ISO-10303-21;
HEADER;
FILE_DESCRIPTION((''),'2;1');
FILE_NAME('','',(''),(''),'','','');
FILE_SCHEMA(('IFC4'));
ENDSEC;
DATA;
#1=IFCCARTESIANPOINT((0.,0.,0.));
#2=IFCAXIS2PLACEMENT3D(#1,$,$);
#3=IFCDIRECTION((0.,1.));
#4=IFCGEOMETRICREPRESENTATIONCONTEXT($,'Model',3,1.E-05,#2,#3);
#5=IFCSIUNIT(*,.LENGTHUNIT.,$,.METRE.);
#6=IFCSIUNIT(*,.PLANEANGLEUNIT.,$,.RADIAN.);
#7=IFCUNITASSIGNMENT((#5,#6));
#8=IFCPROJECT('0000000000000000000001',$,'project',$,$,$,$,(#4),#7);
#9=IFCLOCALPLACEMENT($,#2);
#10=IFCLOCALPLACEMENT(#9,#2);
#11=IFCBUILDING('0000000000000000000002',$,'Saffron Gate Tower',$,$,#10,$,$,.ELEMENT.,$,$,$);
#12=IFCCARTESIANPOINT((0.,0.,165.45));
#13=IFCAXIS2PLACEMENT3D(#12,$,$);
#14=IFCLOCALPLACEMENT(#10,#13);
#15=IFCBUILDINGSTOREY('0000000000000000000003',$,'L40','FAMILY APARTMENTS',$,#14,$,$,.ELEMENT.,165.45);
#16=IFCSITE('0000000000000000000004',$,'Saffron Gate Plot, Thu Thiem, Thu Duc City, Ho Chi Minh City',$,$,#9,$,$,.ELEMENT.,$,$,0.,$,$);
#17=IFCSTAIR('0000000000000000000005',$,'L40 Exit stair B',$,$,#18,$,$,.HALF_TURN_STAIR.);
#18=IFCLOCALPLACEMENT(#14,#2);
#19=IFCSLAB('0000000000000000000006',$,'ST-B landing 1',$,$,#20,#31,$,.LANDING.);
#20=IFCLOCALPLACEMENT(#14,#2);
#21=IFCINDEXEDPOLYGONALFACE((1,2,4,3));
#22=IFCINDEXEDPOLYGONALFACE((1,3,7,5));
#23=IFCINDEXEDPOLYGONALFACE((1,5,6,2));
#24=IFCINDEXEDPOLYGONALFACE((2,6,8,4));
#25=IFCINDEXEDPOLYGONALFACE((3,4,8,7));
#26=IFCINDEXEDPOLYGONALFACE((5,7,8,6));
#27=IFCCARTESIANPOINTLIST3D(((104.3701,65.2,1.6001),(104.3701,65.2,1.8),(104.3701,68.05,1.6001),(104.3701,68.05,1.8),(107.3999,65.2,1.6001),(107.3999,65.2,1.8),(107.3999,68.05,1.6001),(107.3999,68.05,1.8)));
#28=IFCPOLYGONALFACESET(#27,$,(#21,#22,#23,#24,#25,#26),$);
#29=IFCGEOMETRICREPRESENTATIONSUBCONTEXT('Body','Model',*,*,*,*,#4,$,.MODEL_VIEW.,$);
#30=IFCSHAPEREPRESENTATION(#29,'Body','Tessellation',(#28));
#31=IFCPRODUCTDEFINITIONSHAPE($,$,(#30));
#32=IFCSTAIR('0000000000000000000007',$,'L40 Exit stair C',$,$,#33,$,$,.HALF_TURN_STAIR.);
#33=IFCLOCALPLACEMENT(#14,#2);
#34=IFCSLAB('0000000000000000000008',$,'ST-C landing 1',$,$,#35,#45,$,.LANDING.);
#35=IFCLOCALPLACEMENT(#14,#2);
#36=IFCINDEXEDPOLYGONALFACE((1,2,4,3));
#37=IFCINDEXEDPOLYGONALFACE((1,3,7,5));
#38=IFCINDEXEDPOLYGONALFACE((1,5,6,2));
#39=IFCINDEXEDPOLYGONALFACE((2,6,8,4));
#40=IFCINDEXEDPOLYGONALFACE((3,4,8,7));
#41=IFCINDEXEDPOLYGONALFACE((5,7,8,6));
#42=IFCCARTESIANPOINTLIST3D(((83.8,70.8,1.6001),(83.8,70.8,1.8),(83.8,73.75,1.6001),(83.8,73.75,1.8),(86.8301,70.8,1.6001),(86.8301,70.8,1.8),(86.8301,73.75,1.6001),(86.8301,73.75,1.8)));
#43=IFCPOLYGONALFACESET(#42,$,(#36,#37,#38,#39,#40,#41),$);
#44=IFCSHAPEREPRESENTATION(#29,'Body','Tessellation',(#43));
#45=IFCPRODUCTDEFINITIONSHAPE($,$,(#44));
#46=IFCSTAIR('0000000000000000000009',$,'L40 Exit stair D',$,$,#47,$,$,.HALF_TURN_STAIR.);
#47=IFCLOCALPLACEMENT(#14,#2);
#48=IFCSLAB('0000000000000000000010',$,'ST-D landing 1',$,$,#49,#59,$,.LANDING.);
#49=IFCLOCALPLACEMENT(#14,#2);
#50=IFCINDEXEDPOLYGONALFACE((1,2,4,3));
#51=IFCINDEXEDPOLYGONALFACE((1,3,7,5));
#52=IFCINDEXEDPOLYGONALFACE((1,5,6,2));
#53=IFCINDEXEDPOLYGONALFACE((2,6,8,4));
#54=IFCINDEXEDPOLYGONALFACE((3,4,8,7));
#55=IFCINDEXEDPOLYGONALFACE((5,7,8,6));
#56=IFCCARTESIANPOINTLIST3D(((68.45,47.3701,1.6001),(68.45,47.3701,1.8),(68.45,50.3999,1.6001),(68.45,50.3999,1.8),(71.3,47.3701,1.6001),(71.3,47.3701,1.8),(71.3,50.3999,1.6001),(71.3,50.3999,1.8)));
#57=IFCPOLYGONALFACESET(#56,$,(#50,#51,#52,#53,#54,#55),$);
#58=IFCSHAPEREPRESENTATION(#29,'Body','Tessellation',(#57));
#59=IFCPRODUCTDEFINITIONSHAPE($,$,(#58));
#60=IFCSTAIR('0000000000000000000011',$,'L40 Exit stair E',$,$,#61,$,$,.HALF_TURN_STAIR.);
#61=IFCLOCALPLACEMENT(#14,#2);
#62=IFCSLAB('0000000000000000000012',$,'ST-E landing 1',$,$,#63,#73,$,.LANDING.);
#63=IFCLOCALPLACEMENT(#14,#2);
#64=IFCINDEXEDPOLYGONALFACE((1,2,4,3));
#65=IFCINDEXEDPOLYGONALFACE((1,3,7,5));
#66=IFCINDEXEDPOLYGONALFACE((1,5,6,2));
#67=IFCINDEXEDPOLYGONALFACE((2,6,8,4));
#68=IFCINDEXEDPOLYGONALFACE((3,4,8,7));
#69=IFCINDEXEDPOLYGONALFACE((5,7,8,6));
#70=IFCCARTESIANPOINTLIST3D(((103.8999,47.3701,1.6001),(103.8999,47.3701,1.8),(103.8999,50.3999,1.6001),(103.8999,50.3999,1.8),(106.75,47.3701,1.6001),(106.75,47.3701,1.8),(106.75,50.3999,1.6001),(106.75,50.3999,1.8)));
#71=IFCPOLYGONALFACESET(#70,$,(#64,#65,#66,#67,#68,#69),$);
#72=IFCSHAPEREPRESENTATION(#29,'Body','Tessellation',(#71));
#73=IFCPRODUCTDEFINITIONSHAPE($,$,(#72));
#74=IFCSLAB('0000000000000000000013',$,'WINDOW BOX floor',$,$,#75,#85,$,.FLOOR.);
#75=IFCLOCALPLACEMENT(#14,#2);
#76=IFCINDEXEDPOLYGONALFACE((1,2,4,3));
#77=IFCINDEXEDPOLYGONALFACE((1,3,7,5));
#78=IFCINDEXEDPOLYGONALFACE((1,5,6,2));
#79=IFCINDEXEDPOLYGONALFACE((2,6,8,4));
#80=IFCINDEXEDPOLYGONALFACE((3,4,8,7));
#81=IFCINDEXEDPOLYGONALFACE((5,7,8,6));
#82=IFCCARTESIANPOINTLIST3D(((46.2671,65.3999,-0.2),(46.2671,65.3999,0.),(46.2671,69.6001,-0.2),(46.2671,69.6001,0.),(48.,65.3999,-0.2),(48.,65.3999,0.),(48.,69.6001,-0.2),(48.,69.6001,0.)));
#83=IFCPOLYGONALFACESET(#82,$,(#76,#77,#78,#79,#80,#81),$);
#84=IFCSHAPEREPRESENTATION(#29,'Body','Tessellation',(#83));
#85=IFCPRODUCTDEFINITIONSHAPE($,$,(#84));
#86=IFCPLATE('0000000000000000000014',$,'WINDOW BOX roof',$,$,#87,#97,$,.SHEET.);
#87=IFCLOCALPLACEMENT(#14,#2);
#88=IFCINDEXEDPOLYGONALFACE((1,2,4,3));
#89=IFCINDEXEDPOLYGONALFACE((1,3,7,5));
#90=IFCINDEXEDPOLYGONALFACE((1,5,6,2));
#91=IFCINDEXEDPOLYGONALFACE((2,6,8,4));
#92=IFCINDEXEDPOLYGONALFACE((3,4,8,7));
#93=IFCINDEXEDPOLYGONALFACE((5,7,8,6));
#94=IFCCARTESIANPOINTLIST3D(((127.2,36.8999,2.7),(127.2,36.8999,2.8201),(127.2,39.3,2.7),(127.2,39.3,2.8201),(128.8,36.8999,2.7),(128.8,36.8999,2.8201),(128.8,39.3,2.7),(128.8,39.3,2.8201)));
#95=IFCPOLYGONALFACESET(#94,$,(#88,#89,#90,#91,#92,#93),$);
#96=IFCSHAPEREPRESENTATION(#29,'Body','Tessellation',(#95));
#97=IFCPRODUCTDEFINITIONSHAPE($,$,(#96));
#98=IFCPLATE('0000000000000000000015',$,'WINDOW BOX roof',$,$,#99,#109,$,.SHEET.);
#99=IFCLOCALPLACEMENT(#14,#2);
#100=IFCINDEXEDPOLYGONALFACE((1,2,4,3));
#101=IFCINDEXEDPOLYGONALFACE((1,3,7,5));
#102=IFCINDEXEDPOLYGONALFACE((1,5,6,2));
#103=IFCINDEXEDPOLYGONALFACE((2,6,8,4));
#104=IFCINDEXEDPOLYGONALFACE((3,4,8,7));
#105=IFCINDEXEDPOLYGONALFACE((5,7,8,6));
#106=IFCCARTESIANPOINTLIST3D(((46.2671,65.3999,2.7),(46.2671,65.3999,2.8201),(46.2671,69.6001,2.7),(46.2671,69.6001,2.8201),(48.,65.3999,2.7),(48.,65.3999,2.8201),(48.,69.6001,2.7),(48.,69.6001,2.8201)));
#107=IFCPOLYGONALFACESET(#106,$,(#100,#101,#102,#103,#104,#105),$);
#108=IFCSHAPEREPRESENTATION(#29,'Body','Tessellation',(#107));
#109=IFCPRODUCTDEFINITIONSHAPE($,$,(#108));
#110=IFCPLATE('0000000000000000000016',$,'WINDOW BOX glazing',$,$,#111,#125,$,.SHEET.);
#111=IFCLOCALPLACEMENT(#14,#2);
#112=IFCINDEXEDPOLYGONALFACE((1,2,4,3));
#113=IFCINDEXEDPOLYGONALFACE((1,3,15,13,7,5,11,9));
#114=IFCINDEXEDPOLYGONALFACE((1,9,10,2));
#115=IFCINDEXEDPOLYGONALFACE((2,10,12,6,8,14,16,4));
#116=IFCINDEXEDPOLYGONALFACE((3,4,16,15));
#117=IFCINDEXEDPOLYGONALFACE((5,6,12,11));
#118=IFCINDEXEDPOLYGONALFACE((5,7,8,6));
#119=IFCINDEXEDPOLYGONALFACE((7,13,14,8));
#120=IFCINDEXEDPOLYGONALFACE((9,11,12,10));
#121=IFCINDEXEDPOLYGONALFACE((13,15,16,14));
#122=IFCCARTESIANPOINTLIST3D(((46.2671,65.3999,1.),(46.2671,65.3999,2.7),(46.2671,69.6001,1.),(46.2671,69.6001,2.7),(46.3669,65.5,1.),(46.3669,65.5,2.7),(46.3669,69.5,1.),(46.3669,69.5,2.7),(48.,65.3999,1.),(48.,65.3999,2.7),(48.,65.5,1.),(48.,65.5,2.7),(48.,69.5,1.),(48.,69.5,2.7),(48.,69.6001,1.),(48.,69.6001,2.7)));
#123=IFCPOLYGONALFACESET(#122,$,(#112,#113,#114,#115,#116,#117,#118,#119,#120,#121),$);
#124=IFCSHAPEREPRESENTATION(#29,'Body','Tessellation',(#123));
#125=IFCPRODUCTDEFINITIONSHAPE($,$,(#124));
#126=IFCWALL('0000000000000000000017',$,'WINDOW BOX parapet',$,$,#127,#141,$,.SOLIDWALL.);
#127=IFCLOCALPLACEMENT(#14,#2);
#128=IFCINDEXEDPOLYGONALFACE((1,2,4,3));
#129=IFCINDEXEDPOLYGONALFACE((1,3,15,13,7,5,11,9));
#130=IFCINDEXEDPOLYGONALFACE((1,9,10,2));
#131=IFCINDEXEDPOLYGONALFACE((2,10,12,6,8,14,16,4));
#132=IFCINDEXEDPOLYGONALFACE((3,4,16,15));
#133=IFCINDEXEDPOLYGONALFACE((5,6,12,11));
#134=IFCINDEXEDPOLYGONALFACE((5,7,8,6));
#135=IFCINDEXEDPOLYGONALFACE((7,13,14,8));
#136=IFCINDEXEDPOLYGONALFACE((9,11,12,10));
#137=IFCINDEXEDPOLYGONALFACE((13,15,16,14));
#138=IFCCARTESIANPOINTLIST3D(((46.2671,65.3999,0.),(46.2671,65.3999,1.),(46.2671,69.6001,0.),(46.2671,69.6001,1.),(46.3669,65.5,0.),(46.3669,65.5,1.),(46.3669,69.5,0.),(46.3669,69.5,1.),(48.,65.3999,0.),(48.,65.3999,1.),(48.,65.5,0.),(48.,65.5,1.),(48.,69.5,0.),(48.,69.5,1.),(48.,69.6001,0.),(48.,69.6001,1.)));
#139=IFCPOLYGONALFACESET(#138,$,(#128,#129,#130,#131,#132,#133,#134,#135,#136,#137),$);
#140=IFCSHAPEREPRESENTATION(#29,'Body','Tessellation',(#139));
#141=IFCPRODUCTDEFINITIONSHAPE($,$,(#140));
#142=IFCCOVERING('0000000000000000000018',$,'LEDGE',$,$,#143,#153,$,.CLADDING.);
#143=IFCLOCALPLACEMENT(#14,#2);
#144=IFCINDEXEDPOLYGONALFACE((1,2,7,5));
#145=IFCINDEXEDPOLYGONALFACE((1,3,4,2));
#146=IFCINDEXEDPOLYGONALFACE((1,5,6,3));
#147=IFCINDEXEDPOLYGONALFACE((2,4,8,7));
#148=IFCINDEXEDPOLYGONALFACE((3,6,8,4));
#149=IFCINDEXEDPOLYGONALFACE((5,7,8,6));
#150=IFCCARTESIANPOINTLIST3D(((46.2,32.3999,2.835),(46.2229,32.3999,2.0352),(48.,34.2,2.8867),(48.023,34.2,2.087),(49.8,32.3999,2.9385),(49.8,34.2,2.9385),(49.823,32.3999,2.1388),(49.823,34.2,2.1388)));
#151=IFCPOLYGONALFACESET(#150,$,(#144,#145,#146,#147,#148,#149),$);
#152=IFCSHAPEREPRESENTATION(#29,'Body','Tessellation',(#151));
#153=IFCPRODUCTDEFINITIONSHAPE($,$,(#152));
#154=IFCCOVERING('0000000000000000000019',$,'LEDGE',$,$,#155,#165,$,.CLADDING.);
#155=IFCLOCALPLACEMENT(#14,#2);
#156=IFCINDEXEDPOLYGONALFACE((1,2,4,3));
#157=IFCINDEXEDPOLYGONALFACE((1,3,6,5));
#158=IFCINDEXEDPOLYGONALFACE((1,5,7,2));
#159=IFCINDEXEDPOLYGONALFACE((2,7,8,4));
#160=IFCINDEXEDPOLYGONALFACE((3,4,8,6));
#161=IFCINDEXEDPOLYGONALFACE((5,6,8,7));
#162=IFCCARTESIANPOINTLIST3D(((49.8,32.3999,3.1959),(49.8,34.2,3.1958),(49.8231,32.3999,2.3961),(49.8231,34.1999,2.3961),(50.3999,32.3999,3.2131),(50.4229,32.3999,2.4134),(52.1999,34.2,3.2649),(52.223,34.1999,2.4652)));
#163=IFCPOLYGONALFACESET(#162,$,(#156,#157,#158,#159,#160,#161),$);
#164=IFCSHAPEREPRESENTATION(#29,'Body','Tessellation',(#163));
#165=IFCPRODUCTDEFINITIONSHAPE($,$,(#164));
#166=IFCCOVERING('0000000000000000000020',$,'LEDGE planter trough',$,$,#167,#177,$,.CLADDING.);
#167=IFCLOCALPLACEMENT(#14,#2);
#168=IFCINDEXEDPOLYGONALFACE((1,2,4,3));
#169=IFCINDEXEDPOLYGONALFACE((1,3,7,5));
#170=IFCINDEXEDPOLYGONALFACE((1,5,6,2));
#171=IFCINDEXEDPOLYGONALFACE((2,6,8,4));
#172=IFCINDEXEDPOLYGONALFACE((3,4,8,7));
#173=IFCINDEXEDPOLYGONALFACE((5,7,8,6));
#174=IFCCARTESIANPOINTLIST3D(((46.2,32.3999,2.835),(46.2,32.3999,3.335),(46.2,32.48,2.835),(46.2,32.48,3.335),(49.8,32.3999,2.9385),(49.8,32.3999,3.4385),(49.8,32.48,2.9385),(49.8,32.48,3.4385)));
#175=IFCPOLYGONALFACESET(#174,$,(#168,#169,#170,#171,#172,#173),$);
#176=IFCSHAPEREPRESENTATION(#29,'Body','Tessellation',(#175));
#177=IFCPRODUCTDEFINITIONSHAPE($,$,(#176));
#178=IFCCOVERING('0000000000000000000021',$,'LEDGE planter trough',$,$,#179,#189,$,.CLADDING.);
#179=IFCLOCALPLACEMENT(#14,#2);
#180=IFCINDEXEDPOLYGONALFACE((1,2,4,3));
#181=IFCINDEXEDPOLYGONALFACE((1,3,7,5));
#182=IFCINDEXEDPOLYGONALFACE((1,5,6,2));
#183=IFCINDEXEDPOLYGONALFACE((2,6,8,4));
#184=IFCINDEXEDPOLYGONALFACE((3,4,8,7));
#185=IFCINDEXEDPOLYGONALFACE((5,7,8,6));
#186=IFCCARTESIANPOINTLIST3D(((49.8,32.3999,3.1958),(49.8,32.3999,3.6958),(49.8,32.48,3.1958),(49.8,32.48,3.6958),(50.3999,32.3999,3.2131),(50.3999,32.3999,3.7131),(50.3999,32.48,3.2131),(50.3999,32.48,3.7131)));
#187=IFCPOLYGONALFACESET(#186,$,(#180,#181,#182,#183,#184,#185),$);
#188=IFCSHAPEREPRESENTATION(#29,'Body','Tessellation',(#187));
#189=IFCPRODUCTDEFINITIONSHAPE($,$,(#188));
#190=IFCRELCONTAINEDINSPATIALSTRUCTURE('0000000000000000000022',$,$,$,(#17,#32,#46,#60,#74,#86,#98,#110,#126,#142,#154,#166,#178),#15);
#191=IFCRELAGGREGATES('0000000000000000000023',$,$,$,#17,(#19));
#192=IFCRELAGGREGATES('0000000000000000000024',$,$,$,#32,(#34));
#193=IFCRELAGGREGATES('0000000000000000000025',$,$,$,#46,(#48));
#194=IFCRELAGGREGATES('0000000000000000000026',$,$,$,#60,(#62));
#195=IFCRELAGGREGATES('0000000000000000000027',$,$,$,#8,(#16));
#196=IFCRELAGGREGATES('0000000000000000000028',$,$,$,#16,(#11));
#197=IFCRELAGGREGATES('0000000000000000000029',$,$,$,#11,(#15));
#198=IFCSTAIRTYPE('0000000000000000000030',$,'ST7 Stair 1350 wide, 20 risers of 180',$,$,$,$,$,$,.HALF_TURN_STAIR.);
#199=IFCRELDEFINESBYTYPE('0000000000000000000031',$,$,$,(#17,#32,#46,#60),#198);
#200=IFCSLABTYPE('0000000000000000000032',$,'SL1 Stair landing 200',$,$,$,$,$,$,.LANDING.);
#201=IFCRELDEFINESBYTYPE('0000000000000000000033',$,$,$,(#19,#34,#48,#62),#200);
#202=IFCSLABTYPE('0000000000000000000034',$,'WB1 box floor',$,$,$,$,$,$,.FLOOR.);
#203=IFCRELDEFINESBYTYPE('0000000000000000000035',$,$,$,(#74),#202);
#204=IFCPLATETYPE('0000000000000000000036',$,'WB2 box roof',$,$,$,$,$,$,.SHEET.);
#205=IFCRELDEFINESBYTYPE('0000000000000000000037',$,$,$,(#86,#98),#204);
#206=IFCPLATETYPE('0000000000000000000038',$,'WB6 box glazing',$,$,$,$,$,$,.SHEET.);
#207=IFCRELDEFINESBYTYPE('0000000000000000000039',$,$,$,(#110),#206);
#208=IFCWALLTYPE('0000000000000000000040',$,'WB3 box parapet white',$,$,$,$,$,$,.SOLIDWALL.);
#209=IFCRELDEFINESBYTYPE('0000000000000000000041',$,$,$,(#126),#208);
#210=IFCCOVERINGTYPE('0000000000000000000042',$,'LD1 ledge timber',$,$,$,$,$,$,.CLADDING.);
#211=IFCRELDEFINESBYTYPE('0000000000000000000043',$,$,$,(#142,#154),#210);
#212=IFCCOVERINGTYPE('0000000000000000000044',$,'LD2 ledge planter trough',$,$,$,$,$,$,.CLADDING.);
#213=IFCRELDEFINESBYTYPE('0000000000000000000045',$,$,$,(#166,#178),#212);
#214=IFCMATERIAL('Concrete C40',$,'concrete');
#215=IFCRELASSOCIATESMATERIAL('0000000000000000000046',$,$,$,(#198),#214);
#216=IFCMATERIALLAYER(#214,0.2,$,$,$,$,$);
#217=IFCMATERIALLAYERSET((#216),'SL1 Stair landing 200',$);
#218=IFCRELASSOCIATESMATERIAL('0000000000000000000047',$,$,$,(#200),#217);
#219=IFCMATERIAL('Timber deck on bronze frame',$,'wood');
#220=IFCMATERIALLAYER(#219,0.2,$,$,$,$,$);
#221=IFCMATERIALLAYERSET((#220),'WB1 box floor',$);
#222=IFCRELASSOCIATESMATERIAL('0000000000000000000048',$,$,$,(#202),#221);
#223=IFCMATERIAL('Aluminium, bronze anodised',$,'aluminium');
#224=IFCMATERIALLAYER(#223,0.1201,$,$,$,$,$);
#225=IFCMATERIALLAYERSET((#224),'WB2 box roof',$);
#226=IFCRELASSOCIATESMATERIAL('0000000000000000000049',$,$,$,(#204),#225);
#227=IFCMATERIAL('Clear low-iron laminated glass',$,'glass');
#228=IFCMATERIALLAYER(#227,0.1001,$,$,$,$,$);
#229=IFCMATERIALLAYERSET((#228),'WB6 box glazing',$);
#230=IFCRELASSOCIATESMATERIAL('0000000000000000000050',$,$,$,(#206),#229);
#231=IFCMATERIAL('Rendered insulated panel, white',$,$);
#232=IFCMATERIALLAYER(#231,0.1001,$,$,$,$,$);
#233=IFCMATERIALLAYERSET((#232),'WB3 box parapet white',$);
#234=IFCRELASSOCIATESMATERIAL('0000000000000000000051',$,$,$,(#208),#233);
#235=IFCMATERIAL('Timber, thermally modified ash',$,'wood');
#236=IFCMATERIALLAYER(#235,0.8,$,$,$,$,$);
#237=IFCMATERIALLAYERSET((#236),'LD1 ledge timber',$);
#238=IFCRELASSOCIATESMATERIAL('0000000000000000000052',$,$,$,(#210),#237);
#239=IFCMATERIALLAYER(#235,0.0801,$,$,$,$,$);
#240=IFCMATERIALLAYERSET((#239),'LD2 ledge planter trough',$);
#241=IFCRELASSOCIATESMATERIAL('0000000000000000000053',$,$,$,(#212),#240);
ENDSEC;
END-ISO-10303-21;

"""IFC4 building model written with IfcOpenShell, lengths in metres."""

from ifc_helpers import new_model, si_unit, direction, frame, origin, place, context, subcontext, project, spatial, polyline, outline, extrude, material, layer, layer_set, type_object, element, aggregate, save


model = new_model("IFC4")

# Units and contexts
model_context = context("Model", 3, precision=1e-05, world=origin(), true_north=direction((0.0, 1.0)))
body_context = subcontext(model_context, "Body", "Model", "MODEL_VIEW")
ifc_project = project(units=[si_unit("LENGTHUNIT", "METRE"), si_unit("PLANEANGLEUNIT", "RADIAN")], contexts=[model_context])

# Site, building, storey
site_placement = place(None, origin())
site = spatial("IfcSite", under=ifc_project, at=site_placement, Name="Saffron Gate Plot, Thu Thiem, Thu Duc City, Ho Chi Minh City", CompositionType="ELEMENT", RefElevation=0.0)
building_placement = place(site_placement, origin())
building = spatial("IfcBuilding", under=site, at=building_placement, Name="Saffron Gate Tower", CompositionType="ELEMENT")
storey_placement = place(building_placement, frame((0.0, 0.0, 165.45)))
storey = spatial("IfcBuildingStorey", under=building, at=storey_placement, Name="L40", Description="FAMILY APARTMENTS", CompositionType="ELEMENT", Elevation=165.45)

# Shared definitions
ifc_material_1 = material(Name="Aluminium, bronze anodised", Category="aluminium")

# Stairs, slabs
ifc_material_2 = material(Name="Concrete C40", Category="concrete")
stair_type = type_object("IfcStairType", Name="ST7 Stair 1350 wide, 20 risers of 180", PredefinedType="HALF_TURN_STAIR", material=ifc_material_2)
ifc_layer_1 = layer(ifc_material_2, 0.2)
ifc_layer_set_1 = layer_set([ifc_layer_1], Name="SL1 Stair landing 200")
slab_type_1 = type_object("IfcSlabType", Name="SL1 Stair landing 200", PredefinedType="LANDING", material=ifc_layer_set_1)
stair_1_placement = place(storey_placement, origin())
stair_1 = element("IfcStair", 1, at=stair_1_placement, inside=storey, type_object=stair_type, Name="L40 Exit stair B", PredefinedType="HALF_TURN_STAIR")
slab_1_placement = place(storey_placement, frame((0.0, 0.0, 1.6001)))
slab_1 = element("IfcSlab", 2, at=slab_1_placement, type_object=slab_type_1, Name="ST-B landing 1", PredefinedType="LANDING", context=body_context, shape_type="SweptSolid", body=[
    extrude(outline(polyline([(104.3701, 65.2), (107.3999, 65.2), (107.3999, 68.05), (104.3701, 68.05), (104.3701, 65.2)])), origin(), (0.0, 0.0, 1.0), 0.2),
])
aggregate(stair_1, [slab_1])
stair_2_placement = place(storey_placement, origin())
stair_2 = element("IfcStair", 3, at=stair_2_placement, inside=storey, type_object=stair_type, Name="L40 Exit stair C", PredefinedType="HALF_TURN_STAIR")
slab_2_placement = place(storey_placement, frame((0.0, 0.0, 1.6001)))
slab_2 = element("IfcSlab", 4, at=slab_2_placement, type_object=slab_type_1, Name="ST-C landing 1", PredefinedType="LANDING", context=body_context, shape_type="SweptSolid", body=[
    extrude(outline(polyline([(86.8301, 73.75), (83.8, 73.75), (83.8, 70.8), (86.8301, 70.8), (86.8301, 73.75)])), origin(), (0.0, 0.0, 1.0), 0.2),
])
aggregate(stair_2, [slab_2])
stair_3_placement = place(storey_placement, origin())
stair_3 = element("IfcStair", 5, at=stair_3_placement, inside=storey, type_object=stair_type, Name="L40 Exit stair D", PredefinedType="HALF_TURN_STAIR")
slab_3_placement = place(storey_placement, frame((0.0, 0.0, 1.6001)))
slab_3 = element("IfcSlab", 6, at=slab_3_placement, type_object=slab_type_1, Name="ST-D landing 1", PredefinedType="LANDING", context=body_context, shape_type="SweptSolid", body=[
    extrude(outline(polyline([(71.3, 47.3701), (71.3, 50.3999), (68.45, 50.3999), (68.45, 47.3701), (71.3, 47.3701)])), origin(), (0.0, 0.0, 1.0), 0.2),
])
aggregate(stair_3, [slab_3])
stair_4_placement = place(storey_placement, origin())
stair_4 = element("IfcStair", 7, at=stair_4_placement, inside=storey, type_object=stair_type, Name="L40 Exit stair E", PredefinedType="HALF_TURN_STAIR")
slab_4_placement = place(storey_placement, frame((0.0, 0.0, 1.6001)))
slab_4 = element("IfcSlab", 8, at=slab_4_placement, type_object=slab_type_1, Name="ST-E landing 1", PredefinedType="LANDING", context=body_context, shape_type="SweptSolid", body=[
    extrude(outline(polyline([(106.75, 47.3701), (106.75, 50.3999), (103.8999, 50.3999), (103.8999, 47.3701), (106.75, 47.3701)])), origin(), (0.0, 0.0, 1.0), 0.2),
])
aggregate(stair_4, [slab_4])

# Slab
ifc_material_3 = material(Name="Timber deck on bronze frame", Category="wood")
ifc_layer_2 = layer(ifc_material_3, 0.2)
ifc_layer_set_2 = layer_set([ifc_layer_2], Name="WB1 box floor")
slab_type_2 = type_object("IfcSlabType", Name="WB1 box floor", PredefinedType="FLOOR", material=ifc_layer_set_2)
slab_5_placement = place(storey_placement, frame((0.0, 0.0, -0.2)))
element("IfcSlab", 9, at=slab_5_placement, inside=storey, type_object=slab_type_2, Name="WINDOW BOX floor", PredefinedType="FLOOR", context=body_context, shape_type="SweptSolid", body=[
    extrude(outline(polyline([(48.0, 69.6001), (48.0, 65.3999), (46.2671, 65.3999), (46.2671, 69.6001), (48.0, 69.6001)])), origin(), (0.0, 0.0, 1.0), 0.2),
])

# Plates
ifc_layer_3 = layer(ifc_material_1, 0.1201)
ifc_layer_set_3 = layer_set([ifc_layer_3], Name="WB2 box roof")
plate_type_1 = type_object("IfcPlateType", Name="WB2 box roof", PredefinedType="SHEET", material=ifc_layer_set_3)
plate_1_placement = place(storey_placement, frame((0.0, 0.0, 2.7)))
element("IfcPlate", 10, at=plate_1_placement, inside=storey, type_object=plate_type_1, Name="WINDOW BOX roof", PredefinedType="SHEET", context=body_context, shape_type="SweptSolid", body=[
    extrude(outline(polyline([(127.2, 36.8999), (127.2, 39.3), (128.8, 39.3), (128.8, 36.8999), (127.2, 36.8999)])), origin(), (0.0, 0.0, 1.0), 0.1201),
])
plate_2_placement = place(storey_placement, frame((0.0, 0.0, 2.7)))
element("IfcPlate", 11, at=plate_2_placement, inside=storey, type_object=plate_type_1, Name="WINDOW BOX roof", PredefinedType="SHEET", context=body_context, shape_type="SweptSolid", body=[
    extrude(outline(polyline([(48.0, 69.6001), (48.0, 65.3999), (46.2671, 65.3999), (46.2671, 69.6001), (48.0, 69.6001)])), origin(), (0.0, 0.0, 1.0), 0.1201),
])
ifc_material_4 = material(Name="Clear low-iron laminated glass", Category="glass")
ifc_layer_4 = layer(ifc_material_4, 0.1001)
ifc_layer_set_4 = layer_set([ifc_layer_4], Name="WB6 box glazing")
plate_type_2 = type_object("IfcPlateType", Name="WB6 box glazing", PredefinedType="SHEET", material=ifc_layer_set_4)
plate_3_placement = place(storey_placement, frame((0.0, 0.0, 1.0)))
element("IfcPlate", 12, at=plate_3_placement, inside=storey, type_object=plate_type_2, Name="WINDOW BOX glazing", PredefinedType="SHEET", context=body_context, shape_type="SweptSolid", body=[
    extrude(outline(polyline([(48.0, 69.6001), (48.0, 69.5), (46.3669, 69.5), (46.3669, 65.5), (48.0, 65.5), (48.0, 65.3999), (46.2671, 65.3999), (46.2671, 69.6001), (48.0, 69.6001)])), origin(), (0.0, 0.0, 1.0), 1.7),
])

# Wall
ifc_material_5 = material(Name="Rendered insulated panel, white")
ifc_layer_5 = layer(ifc_material_5, 0.1001)
ifc_layer_set_5 = layer_set([ifc_layer_5], Name="WB3 box parapet white")
wall_type = type_object("IfcWallType", Name="WB3 box parapet white", PredefinedType="SOLIDWALL", material=ifc_layer_set_5)
wall_placement = place(storey_placement, origin())
element("IfcWall", 13, at=wall_placement, inside=storey, type_object=wall_type, Name="WINDOW BOX parapet", PredefinedType="SOLIDWALL", context=body_context, shape_type="SweptSolid", body=[
    extrude(outline(polyline([(48.0, 69.6001), (48.0, 69.5), (46.3669, 69.5), (46.3669, 65.5), (48.0, 65.5), (48.0, 65.3999), (46.2671, 65.3999), (46.2671, 69.6001), (48.0, 69.6001)])), origin(), (0.0, 0.0, 1.0), 1.0),
])

# Coverings
ifc_material_6 = material(Name="Timber, thermally modified ash", Category="wood")
ifc_layer_6 = layer(ifc_material_6, 0.8)
ifc_layer_set_6 = layer_set([ifc_layer_6], Name="LD1 ledge timber")
covering_type_1 = type_object("IfcCoveringType", Name="LD1 ledge timber", PredefinedType="CLADDING", material=ifc_layer_set_6)
covering_1_placement = place(storey_placement, frame((48.0, 34.2, 2.8867), z_axis=(-0.028742, 0.0, 0.999587), x_axis=(0.999587, 0.0, 0.028742)))
element("IfcCovering", 14, at=covering_1_placement, inside=storey, type_object=covering_type_1, Name="LEDGE", PredefinedType="CLADDING", context=body_context, shape_type="SweptSolid", body=[
    extrude(outline(polyline([(0.0, 0.0), (1.8008, 0.0), (1.8008, -1.8), (-1.8008, -1.8), (0.0, 0.0)])), origin(), (0.0, 0.0, -1.0), 0.8),
])
covering_2_placement = place(storey_placement, frame((49.8, 34.2, 3.1958), z_axis=(-0.028799, 0.000029, 0.999585), x_axis=(0.999585, 0.0, 0.028799)))
element("IfcCovering", 15, at=covering_2_placement, inside=storey, type_object=covering_type_1, Name="LEDGE", PredefinedType="CLADDING", context=body_context, shape_type="SweptSolid", body=[
    extrude(outline(polyline([(0.0, 0.0), (2.4009, 0.0), (0.6001, -1.8), (0.0, -1.8), (0.0, 0.0)])), origin(), (0.0, 0.0, -1.0), 0.8),
])
ifc_layer_7 = layer(ifc_material_6, 0.0801)
ifc_layer_set_7 = layer_set([ifc_layer_7], Name="LD2 ledge planter trough")
covering_type_2 = type_object("IfcCoveringType", Name="LD2 ledge planter trough", PredefinedType="CLADDING", material=ifc_layer_set_7)
covering_3_placement = place(storey_placement, frame((46.2, 32.3999, 2.835), z_axis=(0.0, -1.0, 0.0), x_axis=(0.999587, 0.0, 0.028742)))
element("IfcCovering", 16, at=covering_3_placement, inside=storey, type_object=covering_type_2, Name="LEDGE planter trough", PredefinedType="CLADDING", context=body_context, shape_type="SweptSolid", body=[
    extrude(outline(polyline([(0.0, 0.0), (3.6016, 0.0), (3.616, 0.4998), (0.0144, 0.4998), (0.0, 0.0)])), origin(), (0.0, 0.0, -1.0), 0.0801),
])
covering_4_placement = place(storey_placement, frame((49.8, 32.3999, 3.1958), z_axis=(0.0, -1.0, 0.0), x_axis=(0.999583, 0.0, 0.028885)))
element("IfcCovering", 17, at=covering_4_placement, inside=storey, type_object=covering_type_2, Name="LEDGE planter trough", PredefinedType="CLADDING", context=body_context, shape_type="SweptSolid", body=[
    extrude(outline(polyline([(0.0, 0.0), (0.6001, 0.0), (0.6145, 0.4998), (0.0144, 0.4998), (0.0, 0.0)])), origin(), (0.0, 0.0, -1.0), 0.0801),
])

save(model, "model.ifc")
